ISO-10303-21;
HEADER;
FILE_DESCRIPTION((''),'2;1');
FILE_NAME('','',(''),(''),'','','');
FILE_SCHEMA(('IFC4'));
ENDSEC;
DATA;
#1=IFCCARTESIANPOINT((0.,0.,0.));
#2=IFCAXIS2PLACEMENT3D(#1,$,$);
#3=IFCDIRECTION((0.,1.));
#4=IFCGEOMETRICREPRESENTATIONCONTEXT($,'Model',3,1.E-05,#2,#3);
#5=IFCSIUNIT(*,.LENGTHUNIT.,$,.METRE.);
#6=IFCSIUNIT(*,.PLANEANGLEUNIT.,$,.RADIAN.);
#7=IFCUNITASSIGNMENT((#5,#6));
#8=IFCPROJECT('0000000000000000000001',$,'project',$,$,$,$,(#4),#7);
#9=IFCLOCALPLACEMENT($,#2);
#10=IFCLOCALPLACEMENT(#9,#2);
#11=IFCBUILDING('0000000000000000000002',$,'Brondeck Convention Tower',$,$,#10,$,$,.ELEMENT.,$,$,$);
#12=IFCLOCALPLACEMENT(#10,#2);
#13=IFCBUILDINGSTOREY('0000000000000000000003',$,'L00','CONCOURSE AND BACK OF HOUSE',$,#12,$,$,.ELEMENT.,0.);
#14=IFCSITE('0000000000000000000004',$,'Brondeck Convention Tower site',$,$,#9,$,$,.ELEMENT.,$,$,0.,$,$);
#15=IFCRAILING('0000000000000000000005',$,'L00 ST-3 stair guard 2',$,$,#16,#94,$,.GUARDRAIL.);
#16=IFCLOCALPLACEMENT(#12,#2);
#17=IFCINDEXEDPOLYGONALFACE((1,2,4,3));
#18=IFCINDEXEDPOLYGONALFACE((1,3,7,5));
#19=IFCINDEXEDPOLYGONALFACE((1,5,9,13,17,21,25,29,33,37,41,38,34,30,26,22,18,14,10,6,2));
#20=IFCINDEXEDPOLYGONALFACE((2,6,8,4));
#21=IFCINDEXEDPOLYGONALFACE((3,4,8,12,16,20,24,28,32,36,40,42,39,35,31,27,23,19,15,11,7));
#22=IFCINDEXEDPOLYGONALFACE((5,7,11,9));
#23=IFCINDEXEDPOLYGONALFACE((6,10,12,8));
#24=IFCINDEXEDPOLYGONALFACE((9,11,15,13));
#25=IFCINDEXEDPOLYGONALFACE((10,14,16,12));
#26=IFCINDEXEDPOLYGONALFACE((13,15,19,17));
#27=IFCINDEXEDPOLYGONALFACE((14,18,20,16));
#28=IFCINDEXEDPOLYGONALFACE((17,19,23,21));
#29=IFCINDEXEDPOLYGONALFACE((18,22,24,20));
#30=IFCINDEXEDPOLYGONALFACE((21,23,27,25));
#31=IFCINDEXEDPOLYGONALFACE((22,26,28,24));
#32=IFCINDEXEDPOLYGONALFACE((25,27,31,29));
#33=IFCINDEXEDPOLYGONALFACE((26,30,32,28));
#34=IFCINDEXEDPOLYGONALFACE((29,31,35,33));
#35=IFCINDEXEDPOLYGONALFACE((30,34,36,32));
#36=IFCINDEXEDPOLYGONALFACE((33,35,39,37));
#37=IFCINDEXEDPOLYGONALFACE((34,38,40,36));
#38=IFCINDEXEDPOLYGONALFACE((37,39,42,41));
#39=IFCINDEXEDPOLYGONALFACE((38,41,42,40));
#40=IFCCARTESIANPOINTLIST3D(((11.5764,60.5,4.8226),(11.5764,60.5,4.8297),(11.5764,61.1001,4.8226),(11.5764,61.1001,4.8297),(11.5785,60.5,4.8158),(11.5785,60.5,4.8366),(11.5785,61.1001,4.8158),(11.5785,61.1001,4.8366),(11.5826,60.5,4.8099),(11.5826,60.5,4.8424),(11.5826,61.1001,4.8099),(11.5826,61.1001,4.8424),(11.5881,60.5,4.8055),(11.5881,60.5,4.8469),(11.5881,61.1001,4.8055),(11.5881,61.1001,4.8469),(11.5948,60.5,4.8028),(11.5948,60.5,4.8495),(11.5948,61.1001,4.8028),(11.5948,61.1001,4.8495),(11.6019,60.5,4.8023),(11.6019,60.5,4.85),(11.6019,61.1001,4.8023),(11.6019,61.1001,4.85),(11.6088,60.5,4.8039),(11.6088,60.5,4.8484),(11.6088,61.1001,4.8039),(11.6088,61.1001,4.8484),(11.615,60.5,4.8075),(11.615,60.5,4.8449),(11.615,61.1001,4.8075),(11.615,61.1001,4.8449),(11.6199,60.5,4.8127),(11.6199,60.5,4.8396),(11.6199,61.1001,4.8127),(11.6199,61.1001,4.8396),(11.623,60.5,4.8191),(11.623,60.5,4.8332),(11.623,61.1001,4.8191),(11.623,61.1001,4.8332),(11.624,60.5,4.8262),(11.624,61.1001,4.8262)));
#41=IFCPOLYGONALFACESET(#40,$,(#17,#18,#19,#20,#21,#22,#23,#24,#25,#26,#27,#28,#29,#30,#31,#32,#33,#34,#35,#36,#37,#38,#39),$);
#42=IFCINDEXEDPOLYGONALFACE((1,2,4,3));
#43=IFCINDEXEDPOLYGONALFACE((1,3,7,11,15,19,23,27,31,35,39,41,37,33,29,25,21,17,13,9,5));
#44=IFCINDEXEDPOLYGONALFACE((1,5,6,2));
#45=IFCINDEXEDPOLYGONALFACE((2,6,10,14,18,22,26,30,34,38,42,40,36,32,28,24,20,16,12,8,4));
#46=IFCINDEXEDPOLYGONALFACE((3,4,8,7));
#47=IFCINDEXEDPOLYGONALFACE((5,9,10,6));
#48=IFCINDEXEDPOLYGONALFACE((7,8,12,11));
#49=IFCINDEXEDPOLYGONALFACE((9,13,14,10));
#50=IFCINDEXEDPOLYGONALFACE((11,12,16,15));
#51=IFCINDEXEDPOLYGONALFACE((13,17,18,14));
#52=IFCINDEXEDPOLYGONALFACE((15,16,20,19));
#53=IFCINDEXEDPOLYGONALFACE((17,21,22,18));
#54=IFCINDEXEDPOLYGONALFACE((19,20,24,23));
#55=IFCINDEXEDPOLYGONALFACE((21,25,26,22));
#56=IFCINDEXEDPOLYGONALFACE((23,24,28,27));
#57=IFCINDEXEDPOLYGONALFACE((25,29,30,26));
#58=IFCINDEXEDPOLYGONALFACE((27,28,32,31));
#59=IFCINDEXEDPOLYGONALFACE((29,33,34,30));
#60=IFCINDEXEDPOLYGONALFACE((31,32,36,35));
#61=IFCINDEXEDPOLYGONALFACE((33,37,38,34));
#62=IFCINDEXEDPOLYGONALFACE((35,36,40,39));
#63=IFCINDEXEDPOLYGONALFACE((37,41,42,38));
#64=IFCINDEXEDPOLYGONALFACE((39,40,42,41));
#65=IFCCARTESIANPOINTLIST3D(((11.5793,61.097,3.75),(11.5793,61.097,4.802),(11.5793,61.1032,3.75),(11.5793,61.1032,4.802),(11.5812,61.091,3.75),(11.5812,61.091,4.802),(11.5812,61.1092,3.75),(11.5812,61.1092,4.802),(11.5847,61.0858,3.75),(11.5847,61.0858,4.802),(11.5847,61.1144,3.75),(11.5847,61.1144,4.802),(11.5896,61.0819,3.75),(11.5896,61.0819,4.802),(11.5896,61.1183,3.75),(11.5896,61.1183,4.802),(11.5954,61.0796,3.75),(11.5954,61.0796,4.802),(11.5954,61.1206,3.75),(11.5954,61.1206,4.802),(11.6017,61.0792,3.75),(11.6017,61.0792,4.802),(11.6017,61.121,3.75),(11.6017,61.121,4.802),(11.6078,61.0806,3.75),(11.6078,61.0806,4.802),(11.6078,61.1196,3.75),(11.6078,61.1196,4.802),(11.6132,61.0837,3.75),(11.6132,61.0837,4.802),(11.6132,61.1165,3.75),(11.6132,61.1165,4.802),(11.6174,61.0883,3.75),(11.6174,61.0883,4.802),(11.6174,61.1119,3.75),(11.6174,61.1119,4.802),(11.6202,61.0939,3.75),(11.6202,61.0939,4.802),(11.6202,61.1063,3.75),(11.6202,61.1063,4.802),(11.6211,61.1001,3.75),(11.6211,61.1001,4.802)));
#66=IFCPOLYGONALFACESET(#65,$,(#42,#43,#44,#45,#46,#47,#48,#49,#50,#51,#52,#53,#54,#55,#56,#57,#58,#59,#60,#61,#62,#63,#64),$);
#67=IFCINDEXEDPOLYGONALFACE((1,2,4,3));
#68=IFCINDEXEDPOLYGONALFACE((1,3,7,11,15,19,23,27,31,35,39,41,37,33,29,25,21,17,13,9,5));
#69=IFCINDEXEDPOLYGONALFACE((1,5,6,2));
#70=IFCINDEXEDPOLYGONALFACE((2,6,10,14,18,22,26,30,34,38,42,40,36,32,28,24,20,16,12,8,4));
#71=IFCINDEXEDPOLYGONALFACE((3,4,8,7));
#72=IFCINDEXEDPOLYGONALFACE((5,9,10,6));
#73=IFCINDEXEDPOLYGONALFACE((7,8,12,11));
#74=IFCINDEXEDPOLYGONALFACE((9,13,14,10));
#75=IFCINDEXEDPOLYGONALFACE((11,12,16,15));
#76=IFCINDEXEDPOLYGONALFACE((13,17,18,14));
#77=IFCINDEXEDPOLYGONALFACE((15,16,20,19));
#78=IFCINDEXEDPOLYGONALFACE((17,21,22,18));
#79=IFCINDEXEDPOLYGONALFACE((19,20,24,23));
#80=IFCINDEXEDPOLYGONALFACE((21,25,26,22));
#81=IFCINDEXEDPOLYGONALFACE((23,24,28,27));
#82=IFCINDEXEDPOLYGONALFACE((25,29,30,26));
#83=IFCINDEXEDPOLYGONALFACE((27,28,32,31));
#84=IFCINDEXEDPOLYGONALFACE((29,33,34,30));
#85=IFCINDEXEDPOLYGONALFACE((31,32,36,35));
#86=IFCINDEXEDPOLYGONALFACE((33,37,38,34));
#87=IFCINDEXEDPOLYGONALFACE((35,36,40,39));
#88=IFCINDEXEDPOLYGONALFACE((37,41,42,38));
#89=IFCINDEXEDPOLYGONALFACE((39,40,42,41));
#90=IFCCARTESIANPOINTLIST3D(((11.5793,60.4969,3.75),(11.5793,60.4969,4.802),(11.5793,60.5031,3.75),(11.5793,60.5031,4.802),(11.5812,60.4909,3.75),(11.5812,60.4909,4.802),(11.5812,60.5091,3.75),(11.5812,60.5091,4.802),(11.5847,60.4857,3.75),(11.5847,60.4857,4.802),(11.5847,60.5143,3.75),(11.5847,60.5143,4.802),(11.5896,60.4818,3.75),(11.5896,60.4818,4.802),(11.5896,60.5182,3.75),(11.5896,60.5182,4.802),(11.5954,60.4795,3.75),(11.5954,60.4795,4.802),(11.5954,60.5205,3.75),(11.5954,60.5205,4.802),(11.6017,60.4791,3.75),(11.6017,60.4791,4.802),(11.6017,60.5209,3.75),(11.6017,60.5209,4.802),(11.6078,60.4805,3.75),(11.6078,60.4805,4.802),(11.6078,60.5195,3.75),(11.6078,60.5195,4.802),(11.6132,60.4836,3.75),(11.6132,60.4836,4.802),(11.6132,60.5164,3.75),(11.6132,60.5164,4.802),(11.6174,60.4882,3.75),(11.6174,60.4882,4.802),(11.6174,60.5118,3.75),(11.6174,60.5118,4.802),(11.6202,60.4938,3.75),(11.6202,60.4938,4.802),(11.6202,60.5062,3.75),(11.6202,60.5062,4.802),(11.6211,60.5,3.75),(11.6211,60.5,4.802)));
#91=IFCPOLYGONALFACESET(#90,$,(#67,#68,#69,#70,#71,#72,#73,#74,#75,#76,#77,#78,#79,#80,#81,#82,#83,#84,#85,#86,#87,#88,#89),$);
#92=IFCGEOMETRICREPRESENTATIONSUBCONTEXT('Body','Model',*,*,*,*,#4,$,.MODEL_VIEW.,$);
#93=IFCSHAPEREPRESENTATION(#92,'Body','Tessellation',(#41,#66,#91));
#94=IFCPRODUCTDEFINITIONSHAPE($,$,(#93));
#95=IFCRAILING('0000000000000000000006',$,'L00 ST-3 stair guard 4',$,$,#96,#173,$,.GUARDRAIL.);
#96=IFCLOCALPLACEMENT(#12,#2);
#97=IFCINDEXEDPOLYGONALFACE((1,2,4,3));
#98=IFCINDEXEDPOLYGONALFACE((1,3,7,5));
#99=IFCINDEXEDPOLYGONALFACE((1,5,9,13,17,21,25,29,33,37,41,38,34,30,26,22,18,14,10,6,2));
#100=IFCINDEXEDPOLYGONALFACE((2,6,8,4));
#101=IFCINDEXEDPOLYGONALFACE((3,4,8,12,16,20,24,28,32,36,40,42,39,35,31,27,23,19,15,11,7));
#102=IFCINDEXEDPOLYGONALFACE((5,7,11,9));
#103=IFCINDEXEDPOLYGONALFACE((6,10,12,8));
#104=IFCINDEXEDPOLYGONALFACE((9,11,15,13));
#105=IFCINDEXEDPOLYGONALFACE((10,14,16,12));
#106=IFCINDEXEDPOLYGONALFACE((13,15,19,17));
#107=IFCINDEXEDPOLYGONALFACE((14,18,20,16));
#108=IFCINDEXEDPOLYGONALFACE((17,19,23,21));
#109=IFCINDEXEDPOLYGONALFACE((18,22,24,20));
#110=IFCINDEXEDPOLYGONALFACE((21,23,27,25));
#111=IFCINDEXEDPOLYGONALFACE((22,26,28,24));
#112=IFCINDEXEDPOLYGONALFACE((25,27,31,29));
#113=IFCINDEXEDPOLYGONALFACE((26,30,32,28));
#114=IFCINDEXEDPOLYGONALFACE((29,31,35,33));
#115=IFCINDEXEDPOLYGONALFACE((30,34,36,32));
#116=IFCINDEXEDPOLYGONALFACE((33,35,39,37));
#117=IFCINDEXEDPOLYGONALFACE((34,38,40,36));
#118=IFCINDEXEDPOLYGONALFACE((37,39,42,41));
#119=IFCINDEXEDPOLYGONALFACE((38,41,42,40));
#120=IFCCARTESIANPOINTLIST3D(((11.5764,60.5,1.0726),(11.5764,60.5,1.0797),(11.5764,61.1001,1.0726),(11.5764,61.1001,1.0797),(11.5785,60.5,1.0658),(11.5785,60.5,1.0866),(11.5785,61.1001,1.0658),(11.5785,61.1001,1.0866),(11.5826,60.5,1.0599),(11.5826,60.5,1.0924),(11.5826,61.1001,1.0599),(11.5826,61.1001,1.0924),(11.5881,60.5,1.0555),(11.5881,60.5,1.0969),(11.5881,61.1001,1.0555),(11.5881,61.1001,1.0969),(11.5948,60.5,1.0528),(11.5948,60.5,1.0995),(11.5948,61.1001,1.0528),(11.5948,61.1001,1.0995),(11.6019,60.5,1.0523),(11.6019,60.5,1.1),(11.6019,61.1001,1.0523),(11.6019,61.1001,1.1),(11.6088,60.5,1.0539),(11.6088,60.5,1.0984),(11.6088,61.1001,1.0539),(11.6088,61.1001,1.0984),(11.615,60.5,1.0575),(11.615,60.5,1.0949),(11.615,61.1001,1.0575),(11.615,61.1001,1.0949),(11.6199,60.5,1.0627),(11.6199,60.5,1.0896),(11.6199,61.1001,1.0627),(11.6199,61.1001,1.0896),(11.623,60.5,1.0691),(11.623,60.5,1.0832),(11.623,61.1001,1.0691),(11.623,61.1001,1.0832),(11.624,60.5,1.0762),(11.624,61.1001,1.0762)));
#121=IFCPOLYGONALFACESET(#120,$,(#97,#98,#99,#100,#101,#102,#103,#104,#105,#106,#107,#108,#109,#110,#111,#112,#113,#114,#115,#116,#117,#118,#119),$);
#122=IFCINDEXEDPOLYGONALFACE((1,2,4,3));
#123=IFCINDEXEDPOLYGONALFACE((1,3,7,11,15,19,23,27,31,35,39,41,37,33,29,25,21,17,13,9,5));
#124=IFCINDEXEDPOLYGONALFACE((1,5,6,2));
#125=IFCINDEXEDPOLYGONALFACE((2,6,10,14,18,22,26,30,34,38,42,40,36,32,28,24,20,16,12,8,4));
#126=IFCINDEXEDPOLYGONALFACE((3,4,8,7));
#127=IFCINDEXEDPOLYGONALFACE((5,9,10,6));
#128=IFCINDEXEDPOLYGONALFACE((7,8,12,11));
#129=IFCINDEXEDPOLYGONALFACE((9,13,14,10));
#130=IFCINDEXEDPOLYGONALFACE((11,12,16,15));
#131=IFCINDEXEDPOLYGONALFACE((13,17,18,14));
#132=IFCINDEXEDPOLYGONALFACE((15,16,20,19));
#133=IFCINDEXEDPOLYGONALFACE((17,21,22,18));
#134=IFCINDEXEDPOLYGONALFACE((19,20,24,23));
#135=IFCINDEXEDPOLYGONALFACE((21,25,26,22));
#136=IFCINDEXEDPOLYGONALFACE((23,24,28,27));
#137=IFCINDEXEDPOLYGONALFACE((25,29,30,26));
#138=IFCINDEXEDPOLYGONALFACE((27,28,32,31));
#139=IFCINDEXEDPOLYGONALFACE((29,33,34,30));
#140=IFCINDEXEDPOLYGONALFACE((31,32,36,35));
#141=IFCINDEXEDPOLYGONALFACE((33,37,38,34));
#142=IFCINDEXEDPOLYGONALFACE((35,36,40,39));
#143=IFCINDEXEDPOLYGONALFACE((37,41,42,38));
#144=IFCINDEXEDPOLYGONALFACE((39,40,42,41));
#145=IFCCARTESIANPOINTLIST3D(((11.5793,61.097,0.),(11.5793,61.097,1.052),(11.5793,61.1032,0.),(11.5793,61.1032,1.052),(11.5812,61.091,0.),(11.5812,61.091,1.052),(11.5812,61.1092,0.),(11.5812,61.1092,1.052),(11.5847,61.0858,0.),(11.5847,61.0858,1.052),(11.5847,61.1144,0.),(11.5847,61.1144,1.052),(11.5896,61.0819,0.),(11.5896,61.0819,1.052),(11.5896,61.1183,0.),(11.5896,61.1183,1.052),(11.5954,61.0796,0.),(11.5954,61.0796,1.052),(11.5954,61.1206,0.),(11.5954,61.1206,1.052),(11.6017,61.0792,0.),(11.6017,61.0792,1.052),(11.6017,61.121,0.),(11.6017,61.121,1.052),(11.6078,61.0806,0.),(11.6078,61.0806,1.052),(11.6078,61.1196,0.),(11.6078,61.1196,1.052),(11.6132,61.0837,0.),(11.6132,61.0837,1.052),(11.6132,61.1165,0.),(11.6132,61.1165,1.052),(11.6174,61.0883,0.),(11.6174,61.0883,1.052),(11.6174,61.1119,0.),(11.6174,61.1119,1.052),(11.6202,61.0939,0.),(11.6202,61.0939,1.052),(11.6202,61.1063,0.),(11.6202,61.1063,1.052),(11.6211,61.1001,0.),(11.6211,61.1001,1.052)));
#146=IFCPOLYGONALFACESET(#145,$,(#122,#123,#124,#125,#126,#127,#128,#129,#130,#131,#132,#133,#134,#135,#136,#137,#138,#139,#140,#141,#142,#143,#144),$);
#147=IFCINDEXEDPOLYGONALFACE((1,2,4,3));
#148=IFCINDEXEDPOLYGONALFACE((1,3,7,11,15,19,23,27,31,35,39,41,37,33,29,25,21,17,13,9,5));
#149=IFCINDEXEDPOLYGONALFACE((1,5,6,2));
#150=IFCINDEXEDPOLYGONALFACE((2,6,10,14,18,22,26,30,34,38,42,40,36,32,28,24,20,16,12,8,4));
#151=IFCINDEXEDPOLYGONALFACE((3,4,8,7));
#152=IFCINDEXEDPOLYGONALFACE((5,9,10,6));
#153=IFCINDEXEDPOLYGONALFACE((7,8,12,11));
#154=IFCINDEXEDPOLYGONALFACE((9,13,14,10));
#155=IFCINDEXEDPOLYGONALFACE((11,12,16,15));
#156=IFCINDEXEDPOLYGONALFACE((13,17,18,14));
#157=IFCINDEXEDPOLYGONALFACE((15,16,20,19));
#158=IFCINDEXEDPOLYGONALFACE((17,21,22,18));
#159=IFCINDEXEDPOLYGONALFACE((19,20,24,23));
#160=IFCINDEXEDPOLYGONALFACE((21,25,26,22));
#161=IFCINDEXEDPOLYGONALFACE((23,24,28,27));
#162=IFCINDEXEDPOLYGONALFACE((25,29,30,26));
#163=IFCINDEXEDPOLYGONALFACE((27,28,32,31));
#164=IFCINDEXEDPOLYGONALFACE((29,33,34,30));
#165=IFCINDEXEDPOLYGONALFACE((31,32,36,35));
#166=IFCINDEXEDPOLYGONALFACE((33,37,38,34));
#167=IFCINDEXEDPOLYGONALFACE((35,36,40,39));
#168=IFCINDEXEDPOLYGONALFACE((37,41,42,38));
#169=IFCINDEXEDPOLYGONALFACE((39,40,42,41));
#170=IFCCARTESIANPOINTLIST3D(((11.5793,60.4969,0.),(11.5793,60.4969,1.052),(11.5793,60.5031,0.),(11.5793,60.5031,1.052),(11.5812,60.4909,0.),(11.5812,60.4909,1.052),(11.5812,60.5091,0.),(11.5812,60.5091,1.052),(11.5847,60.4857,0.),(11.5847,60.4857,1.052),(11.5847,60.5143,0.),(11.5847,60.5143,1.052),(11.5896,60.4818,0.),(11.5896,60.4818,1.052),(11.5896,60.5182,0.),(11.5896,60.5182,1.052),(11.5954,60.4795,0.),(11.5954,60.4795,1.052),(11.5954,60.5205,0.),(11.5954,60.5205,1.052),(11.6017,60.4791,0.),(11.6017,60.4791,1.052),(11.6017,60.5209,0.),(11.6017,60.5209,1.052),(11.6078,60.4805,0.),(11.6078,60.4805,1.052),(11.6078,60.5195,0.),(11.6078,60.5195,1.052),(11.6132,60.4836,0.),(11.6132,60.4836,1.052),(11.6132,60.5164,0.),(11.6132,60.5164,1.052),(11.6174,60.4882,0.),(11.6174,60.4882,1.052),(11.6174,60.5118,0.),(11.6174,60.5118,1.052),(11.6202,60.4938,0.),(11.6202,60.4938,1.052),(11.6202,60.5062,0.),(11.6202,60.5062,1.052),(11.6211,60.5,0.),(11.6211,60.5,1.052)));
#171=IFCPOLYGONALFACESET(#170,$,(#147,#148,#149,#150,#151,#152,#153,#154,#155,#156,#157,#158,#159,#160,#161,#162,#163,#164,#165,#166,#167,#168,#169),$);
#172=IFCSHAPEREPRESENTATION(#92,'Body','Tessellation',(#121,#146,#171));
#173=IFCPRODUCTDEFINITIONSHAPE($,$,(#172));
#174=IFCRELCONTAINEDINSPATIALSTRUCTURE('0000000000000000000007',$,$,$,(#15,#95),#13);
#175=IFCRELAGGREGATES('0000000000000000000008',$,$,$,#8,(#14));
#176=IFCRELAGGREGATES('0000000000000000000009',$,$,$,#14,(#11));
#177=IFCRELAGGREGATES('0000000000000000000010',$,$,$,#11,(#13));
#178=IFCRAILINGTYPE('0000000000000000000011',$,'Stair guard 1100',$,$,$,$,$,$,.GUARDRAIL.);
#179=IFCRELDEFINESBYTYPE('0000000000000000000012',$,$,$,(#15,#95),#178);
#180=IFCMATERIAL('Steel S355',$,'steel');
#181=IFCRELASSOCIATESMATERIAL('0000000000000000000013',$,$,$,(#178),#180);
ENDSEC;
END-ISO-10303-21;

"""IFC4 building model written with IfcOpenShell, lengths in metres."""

from ifc_helpers import new_model, si_unit, direction, frame, origin, origin_2d, place, context, subcontext, project, spatial, circle, extrude, material, type_object, element, save


model = new_model("IFC4")

# Units and contexts
model_context = context("Model", 3, precision=1e-05, world=origin(), true_north=direction((0.0, 1.0)))
body_context = subcontext(model_context, "Body", "Model", "MODEL_VIEW")
ifc_project = project(units=[si_unit("LENGTHUNIT", "METRE"), si_unit("PLANEANGLEUNIT", "RADIAN")], contexts=[model_context])

# Site, building, storey
site_placement = place(None, origin())
site = spatial("IfcSite", under=ifc_project, at=site_placement, Name="Brondeck Convention Tower site", CompositionType="ELEMENT", RefElevation=0.0)
building_placement = place(site_placement, origin())
building = spatial("IfcBuilding", under=site, at=building_placement, Name="Brondeck Convention Tower", CompositionType="ELEMENT")
storey_placement = place(building_placement, origin())
storey = spatial("IfcBuildingStorey", under=building, at=storey_placement, Name="L00", Description="CONCOURSE AND BACK OF HOUSE", CompositionType="ELEMENT", Elevation=0.0)

# Shared definitions
ifc_material_1 = material(Name="Steel S355", Category="steel")

# Railings
railing_type_1 = type_object("IfcRailingType", Name="Stair guard 1100", PredefinedType="GUARDRAIL", material=ifc_material_1)
railing_1_placement = place(storey_placement, frame((11.6001, 61.1001, 3.75)))
element("IfcRailing", 1, at=railing_1_placement, inside=storey, type_object=railing_type_1, Name="L00 ST-3 stair guard 2", PredefinedType="GUARDRAIL", context=body_context, shape_type="SweptSolid", body=[
    extrude(circle(Radius=0.0239, at=origin_2d()), frame((0.0, 0.0, 1.0762), z_axis=(0.0, -1.0, 0.0), x_axis=(1.0, 0.0, 0.0)), (0.0, 0.0, 1.0), 0.6001),
    extrude(circle(Radius=0.021, at=origin_2d()), origin(), (0.0, 0.0, 1.0), 1.052),
    extrude(circle(Radius=0.021, at=origin_2d()), frame((0.0, -0.6001, 0.0)), (0.0, 0.0, 1.0), 1.052),
])
railing_2_placement = place(storey_placement, frame((11.6001, 61.1001, 0.0)))
element("IfcRailing", 2, at=railing_2_placement, inside=storey, type_object=railing_type_1, Name="L00 ST-3 stair guard 4", PredefinedType="GUARDRAIL", context=body_context, shape_type="SweptSolid", body=[
    extrude(circle(Radius=0.0239, at=origin_2d()), frame((0.0, 0.0, 1.0762), z_axis=(0.0, -1.0, 0.0), x_axis=(1.0, 0.0, 0.0)), (0.0, 0.0, 1.0), 0.6001),
    extrude(circle(Radius=0.021, at=origin_2d()), origin(), (0.0, 0.0, 1.0), 1.052),
    extrude(circle(Radius=0.021, at=origin_2d()), frame((0.0, -0.6001, 0.0)), (0.0, 0.0, 1.0), 1.052),
])

save(model, "model.ifc")
